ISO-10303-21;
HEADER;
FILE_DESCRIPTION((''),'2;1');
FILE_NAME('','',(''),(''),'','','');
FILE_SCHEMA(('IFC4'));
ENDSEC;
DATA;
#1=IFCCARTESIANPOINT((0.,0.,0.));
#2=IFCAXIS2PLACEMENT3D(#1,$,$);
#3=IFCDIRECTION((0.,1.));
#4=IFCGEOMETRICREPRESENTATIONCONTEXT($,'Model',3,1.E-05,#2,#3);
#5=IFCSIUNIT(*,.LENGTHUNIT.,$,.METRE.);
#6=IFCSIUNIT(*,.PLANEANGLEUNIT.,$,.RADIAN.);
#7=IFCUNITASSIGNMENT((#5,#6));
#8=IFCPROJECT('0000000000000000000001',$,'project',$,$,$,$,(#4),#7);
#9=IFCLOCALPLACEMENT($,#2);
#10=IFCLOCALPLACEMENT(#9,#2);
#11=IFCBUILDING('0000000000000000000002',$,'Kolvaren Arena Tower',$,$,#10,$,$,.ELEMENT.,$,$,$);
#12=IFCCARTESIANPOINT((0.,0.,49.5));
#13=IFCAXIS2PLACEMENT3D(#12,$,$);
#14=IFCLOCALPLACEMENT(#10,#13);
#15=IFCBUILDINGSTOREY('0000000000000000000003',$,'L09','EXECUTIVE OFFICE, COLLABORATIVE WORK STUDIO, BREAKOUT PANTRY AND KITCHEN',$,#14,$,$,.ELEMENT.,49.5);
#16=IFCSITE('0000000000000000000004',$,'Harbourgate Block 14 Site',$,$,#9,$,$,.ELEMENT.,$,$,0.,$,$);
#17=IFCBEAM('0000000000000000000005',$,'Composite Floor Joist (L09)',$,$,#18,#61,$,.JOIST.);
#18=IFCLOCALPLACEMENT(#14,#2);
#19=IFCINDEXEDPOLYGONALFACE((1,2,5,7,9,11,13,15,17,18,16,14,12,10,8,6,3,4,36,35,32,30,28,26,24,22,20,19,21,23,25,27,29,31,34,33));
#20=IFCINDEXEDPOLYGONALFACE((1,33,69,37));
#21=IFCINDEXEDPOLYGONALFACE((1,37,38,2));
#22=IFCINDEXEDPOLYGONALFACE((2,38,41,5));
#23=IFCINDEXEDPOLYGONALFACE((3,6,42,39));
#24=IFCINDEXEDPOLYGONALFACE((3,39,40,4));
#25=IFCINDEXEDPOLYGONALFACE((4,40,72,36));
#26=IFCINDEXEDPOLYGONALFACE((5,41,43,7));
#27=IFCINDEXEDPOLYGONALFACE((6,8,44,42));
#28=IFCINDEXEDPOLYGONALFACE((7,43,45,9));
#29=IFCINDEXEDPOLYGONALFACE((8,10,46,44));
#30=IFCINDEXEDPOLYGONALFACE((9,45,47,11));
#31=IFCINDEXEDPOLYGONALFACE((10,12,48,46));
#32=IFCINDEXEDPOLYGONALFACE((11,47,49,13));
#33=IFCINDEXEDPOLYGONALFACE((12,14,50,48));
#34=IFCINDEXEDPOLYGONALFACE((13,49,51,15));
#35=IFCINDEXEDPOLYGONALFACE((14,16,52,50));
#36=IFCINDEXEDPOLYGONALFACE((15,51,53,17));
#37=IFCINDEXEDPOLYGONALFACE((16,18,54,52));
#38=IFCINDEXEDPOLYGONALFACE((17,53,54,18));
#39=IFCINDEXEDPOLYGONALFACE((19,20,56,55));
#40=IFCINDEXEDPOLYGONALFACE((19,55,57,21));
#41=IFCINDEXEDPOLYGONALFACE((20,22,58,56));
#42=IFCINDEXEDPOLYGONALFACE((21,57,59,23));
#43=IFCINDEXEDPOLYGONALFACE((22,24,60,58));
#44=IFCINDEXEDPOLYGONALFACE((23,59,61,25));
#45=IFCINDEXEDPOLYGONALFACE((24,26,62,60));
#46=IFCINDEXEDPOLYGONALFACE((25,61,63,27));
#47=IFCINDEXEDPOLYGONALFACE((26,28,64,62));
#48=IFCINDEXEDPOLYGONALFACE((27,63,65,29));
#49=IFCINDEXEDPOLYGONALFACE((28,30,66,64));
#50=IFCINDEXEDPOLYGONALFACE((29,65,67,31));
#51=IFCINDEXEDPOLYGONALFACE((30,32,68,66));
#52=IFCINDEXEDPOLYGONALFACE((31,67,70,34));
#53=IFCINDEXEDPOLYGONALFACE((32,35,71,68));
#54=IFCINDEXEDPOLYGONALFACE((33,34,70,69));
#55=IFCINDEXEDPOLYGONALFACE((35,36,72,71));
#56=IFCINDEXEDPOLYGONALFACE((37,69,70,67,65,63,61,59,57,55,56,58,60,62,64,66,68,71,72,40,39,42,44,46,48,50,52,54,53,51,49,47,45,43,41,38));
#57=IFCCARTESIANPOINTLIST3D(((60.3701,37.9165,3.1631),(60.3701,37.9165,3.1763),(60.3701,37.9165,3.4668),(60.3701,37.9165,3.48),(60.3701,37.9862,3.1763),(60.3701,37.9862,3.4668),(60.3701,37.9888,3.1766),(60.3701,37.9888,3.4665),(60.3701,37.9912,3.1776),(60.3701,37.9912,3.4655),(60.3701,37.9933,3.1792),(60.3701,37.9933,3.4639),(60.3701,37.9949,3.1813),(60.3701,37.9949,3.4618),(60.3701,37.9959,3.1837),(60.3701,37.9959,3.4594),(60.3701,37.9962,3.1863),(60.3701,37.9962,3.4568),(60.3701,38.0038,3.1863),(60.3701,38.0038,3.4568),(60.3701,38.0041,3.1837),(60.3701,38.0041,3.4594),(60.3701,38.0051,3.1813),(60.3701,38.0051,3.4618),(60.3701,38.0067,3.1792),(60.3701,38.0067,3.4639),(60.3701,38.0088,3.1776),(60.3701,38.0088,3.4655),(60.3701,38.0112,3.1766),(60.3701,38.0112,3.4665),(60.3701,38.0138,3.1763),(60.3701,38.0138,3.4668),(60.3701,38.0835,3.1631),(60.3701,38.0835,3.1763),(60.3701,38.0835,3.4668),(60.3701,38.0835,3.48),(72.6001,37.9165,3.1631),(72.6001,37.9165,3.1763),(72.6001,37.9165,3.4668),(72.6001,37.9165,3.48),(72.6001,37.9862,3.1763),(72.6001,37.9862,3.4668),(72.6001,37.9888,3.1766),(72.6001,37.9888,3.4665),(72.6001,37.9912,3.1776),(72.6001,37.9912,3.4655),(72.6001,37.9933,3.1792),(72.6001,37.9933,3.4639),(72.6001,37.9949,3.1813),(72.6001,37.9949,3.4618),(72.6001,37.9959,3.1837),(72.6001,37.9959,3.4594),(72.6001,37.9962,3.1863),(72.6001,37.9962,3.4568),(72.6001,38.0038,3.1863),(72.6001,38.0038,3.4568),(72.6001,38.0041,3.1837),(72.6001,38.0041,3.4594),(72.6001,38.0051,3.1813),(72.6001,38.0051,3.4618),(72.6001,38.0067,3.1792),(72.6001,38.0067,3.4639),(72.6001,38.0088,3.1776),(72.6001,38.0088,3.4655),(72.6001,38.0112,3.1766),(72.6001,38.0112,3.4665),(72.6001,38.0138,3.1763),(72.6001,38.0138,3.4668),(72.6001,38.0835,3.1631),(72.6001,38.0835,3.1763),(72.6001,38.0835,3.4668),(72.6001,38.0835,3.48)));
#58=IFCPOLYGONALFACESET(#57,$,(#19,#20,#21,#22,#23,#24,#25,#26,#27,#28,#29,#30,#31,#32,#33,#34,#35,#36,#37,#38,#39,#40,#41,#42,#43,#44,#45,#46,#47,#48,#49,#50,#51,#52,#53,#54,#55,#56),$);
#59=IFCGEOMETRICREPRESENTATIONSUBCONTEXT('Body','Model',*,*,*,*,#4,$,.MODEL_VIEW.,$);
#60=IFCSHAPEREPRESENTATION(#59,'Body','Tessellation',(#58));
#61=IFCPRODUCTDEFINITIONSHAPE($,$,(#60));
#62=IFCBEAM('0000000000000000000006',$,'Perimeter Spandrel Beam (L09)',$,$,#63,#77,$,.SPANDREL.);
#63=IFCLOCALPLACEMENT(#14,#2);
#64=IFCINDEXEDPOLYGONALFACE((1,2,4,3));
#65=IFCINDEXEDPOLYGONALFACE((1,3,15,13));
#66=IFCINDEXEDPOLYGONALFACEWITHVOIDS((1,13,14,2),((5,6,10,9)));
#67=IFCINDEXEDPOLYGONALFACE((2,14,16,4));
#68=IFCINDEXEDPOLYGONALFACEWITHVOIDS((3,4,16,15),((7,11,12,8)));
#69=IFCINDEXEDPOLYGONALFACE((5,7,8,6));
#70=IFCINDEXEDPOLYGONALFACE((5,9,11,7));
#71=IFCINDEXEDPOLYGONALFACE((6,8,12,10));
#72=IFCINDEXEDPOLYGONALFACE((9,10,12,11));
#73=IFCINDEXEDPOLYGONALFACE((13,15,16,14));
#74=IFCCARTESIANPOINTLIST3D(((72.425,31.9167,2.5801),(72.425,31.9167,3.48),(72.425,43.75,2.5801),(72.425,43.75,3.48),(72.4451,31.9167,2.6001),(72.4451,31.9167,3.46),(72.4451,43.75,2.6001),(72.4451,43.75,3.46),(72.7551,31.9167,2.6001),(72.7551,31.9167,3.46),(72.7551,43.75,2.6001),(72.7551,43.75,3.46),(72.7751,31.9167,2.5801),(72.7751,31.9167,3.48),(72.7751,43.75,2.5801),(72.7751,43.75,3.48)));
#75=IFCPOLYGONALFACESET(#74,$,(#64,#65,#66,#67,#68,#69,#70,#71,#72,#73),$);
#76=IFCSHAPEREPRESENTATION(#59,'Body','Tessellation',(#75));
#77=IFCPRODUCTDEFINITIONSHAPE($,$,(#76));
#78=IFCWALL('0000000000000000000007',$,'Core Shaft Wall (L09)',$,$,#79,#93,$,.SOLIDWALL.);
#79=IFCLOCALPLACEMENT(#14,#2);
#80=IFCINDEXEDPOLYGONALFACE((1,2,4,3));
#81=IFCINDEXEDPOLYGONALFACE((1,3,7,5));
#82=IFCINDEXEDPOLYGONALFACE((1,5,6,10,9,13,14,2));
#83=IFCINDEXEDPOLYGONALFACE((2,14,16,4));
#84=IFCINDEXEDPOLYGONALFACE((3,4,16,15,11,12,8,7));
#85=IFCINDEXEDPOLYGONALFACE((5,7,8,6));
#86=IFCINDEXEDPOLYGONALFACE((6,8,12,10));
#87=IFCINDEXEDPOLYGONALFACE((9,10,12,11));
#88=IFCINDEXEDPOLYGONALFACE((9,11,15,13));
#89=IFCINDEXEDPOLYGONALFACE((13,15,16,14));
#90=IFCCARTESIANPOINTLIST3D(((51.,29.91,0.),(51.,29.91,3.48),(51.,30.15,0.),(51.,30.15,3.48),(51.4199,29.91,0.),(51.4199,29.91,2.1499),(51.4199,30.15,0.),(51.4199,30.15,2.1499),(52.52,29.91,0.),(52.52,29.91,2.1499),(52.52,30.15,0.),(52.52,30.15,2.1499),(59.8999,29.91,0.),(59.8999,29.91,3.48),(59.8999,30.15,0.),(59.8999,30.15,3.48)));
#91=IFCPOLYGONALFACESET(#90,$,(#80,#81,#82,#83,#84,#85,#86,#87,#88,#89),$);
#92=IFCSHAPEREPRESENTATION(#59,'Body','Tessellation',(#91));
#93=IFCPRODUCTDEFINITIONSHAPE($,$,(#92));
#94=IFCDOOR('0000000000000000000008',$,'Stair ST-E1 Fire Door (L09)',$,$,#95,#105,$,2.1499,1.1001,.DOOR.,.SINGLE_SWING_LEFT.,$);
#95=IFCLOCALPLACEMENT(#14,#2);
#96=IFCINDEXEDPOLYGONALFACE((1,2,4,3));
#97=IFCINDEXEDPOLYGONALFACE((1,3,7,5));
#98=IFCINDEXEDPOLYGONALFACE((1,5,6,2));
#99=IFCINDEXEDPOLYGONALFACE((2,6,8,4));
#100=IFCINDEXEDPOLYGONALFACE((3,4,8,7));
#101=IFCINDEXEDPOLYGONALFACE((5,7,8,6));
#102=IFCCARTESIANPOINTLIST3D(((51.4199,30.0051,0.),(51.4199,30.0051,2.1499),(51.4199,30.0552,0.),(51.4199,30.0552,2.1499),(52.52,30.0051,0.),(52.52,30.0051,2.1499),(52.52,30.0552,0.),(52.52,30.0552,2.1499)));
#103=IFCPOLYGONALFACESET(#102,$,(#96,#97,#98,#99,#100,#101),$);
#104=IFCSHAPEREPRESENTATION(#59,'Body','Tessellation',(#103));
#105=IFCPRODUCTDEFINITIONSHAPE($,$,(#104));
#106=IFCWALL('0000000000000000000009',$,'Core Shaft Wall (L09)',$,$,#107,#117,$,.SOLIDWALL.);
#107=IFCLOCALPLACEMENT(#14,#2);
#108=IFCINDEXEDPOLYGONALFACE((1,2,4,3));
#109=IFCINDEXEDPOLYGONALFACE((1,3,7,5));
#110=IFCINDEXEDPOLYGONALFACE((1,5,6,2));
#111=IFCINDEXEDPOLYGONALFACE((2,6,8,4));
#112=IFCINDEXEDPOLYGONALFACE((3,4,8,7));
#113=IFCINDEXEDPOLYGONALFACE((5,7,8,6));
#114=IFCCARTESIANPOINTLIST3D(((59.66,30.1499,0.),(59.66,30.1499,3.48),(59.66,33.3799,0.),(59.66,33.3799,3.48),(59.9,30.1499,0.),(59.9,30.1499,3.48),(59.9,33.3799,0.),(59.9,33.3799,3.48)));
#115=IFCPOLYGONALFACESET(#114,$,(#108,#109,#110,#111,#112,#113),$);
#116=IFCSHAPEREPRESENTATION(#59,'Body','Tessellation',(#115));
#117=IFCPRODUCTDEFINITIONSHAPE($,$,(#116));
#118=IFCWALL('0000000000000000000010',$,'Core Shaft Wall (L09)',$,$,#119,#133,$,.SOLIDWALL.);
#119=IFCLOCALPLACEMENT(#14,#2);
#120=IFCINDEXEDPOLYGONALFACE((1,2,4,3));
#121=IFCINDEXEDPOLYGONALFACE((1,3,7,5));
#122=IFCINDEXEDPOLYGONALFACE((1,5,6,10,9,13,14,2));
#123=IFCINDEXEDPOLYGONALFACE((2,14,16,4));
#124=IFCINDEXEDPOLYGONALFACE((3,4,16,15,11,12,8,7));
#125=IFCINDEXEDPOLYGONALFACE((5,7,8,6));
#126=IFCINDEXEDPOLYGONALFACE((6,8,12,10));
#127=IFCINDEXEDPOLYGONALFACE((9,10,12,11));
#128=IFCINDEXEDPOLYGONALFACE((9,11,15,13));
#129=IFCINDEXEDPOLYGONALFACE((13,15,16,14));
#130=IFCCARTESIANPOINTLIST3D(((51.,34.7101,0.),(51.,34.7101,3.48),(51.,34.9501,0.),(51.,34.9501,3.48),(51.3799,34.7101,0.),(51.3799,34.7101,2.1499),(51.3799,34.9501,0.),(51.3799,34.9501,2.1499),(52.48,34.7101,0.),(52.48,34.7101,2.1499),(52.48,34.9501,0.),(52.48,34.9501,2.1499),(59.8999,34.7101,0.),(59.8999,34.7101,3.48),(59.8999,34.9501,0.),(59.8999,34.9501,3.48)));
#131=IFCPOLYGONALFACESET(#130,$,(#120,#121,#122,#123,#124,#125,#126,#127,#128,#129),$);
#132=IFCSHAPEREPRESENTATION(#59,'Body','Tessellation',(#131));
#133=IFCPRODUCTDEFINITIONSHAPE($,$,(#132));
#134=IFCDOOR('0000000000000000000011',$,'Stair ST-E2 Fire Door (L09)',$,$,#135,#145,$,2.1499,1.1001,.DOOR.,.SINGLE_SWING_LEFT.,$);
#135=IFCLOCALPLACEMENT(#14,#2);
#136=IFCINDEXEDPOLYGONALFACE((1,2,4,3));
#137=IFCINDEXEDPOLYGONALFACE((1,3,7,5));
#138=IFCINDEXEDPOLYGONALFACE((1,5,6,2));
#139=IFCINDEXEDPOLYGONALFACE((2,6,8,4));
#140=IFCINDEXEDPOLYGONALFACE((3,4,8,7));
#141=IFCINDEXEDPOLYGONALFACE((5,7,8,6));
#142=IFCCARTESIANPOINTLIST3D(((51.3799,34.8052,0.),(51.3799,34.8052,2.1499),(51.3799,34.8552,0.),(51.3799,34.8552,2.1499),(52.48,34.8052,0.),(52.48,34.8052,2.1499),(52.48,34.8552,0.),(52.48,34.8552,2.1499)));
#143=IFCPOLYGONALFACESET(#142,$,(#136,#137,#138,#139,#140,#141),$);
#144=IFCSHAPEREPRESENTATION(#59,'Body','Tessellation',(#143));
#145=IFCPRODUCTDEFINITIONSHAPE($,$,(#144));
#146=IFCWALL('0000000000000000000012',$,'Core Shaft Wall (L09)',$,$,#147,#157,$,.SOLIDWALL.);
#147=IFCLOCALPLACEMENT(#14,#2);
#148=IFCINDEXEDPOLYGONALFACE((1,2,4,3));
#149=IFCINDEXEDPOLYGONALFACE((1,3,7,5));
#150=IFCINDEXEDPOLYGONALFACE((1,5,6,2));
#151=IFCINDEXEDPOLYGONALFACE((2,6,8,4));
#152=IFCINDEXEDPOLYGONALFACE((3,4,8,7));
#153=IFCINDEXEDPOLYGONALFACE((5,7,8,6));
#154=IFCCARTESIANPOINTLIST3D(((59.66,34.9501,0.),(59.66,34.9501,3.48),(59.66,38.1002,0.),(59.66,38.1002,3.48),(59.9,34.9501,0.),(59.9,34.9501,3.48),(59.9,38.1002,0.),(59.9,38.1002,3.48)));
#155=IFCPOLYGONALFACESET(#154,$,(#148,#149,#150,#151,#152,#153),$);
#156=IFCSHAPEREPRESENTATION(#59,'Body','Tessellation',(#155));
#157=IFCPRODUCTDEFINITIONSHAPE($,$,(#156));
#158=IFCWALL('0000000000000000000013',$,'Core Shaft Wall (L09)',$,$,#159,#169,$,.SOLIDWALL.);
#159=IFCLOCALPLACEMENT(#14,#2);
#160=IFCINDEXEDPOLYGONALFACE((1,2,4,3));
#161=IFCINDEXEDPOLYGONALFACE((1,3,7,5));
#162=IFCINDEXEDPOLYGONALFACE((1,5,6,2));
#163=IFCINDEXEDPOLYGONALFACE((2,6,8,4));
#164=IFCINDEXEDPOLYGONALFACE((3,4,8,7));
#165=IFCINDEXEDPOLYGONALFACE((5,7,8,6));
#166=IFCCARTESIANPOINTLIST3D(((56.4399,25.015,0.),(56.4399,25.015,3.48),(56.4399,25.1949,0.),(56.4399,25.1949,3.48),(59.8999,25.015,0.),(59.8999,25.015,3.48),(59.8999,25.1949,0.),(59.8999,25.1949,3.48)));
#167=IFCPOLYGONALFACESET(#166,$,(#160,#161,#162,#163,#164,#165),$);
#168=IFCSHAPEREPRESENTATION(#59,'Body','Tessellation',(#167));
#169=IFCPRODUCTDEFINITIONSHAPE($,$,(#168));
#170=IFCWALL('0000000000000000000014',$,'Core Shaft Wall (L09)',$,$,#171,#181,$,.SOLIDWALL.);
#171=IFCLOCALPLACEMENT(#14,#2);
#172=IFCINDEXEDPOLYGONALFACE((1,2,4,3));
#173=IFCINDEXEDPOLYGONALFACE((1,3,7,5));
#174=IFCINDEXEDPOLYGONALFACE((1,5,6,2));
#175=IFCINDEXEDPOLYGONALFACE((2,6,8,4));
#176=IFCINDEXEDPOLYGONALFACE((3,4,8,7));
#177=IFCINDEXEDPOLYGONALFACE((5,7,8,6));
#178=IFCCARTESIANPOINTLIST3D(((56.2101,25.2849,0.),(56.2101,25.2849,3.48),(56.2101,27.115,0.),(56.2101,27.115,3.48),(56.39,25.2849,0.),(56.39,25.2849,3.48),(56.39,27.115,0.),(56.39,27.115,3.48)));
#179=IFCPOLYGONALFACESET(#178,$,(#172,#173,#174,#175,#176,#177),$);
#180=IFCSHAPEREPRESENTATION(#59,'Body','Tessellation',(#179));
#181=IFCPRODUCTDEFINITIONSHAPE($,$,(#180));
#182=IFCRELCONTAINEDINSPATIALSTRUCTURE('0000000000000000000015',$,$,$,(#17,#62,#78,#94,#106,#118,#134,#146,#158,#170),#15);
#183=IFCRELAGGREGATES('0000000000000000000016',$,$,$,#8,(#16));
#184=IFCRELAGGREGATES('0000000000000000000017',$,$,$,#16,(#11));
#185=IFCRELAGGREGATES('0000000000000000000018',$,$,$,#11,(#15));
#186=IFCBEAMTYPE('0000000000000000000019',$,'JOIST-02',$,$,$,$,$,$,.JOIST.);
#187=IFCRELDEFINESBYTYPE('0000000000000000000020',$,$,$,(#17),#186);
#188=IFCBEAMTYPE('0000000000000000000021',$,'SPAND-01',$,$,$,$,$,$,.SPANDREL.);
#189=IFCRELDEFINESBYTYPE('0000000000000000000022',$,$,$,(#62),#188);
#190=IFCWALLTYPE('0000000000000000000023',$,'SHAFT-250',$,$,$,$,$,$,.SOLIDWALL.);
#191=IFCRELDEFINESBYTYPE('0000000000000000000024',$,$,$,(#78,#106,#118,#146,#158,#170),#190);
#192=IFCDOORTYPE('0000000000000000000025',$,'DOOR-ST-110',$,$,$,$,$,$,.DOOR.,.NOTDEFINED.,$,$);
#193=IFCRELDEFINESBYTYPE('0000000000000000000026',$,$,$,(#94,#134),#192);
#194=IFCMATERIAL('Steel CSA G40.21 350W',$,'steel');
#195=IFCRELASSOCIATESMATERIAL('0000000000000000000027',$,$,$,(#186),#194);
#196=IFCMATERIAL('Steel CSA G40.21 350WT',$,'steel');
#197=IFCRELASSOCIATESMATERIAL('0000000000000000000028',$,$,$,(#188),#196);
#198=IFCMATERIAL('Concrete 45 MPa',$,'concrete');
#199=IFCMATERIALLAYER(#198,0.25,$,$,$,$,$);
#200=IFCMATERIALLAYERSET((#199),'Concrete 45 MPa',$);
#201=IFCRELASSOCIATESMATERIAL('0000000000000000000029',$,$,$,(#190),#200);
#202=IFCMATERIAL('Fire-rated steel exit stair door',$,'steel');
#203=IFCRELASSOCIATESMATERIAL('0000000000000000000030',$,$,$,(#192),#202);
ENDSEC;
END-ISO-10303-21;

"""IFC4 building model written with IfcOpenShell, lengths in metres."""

from ifc_helpers import new_model, si_unit, direction, frame, frame_2d, origin, origin_2d, place, context, subcontext, project, spatial, rectangle, hollow_rectangle, i_section, extrude, material, layer, layer_set, material_profile, profile_set, type_object, element, fill, save


model = new_model("IFC4")

# Units and contexts
model_context = context("Model", 3, precision=1e-05, world=origin(), true_north=direction((0.0, 1.0)))
body_context = subcontext(model_context, "Body", "Model", "MODEL_VIEW")
ifc_project = project(units=[si_unit("LENGTHUNIT", "METRE"), si_unit("PLANEANGLEUNIT", "RADIAN")], contexts=[model_context])

# Site, building, storey
site_placement = place(None, origin())
site = spatial("IfcSite", under=ifc_project, at=site_placement, Name="Harbourgate Block 14 Site", CompositionType="ELEMENT", RefElevation=0.0)
building_placement = place(site_placement, origin())
building = spatial("IfcBuilding", under=site, at=building_placement, Name="Kolvaren Arena Tower", CompositionType="ELEMENT")
storey_placement = place(building_placement, frame((0.0, 0.0, 49.5)))
storey = spatial("IfcBuildingStorey", under=building, at=storey_placement, Name="L09", Description="EXECUTIVE OFFICE, COLLABORATIVE WORK STUDIO, BREAKOUT PANTRY AND KITCHEN", CompositionType="ELEMENT", Elevation=49.5)

# Beams
ifc_material_1 = material(Name="Steel CSA G40.21 350W", Category="steel")
ifc_material_profile_1 = material_profile(ifc_material_1, i_section(OverallWidth=0.167, OverallDepth=0.3169, WebThickness=0.0076, FlangeThickness=0.0132, FilletRadius=0.01, at=origin_2d()), Name="W310x52")
ifc_profile_set_1 = profile_set([ifc_material_profile_1], Name="Steel CSA G40.21 350W")
beam_type_1 = type_object("IfcBeamType", Name="JOIST-02", PredefinedType="JOIST", material=ifc_profile_set_1)
for number, where, z_axis, x_axis, name in (
    (1, (60.3701, 38.0, 3.3215), (1.0, 0.0, 0.0), (0.0, 1.0, 0.0), "Composite Floor Joist (L09)"),
):
    element("IfcBeam", number, at=place(storey_placement, frame(where, z_axis=z_axis, x_axis=x_axis)), inside=storey, type_object=beam_type_1, Name=name, PredefinedType="JOIST", context=body_context, shape_type="SweptSolid", body=[
        extrude(i_section(OverallWidth=0.167, OverallDepth=0.3169, WebThickness=0.0076, FlangeThickness=0.0132, FilletRadius=0.01, at=origin_2d()), origin(), (0.0, 0.0, 1.0), 12.23),
    ])
ifc_material_2 = material(Name="Steel CSA G40.21 350WT", Category="steel")
ifc_material_profile_2 = material_profile(ifc_material_2, hollow_rectangle(XDim=0.3501, YDim=0.8999, WallThickness=0.02, at=origin_2d()), Name="HSS 900x350x20")
ifc_profile_set_2 = profile_set([ifc_material_profile_2], Name="Steel CSA G40.21 350WT")
beam_type_2 = type_object("IfcBeamType", Name="SPAND-01", PredefinedType="SPANDREL", material=ifc_profile_set_2)
beam_1_placement = place(storey_placement, frame((72.6001, 31.9167, 3.03), z_axis=(0.0, 1.0, 0.0), x_axis=(-1.0, 0.0, 0.0)))
element("IfcBeam", 2, at=beam_1_placement, inside=storey, type_object=beam_type_2, Name="Perimeter Spandrel Beam (L09)", PredefinedType="SPANDREL", context=body_context, shape_type="SweptSolid", body=[
    extrude(hollow_rectangle(XDim=0.3501, YDim=0.8999, WallThickness=0.02, at=origin_2d()), origin(), (0.0, 0.0, 1.0), 11.8333),
])

# Wall, opening, door
ifc_material_3 = material(Name="Concrete 45 MPa", Category="concrete")
ifc_layer = layer(ifc_material_3, 0.25)
ifc_layer_set = layer_set([ifc_layer], Name="Concrete 45 MPa")
wall_type = type_object("IfcWallType", Name="SHAFT-250", PredefinedType="SOLIDWALL", material=ifc_layer_set)
wall_1_placement = place(storey_placement, frame((59.8999, 30.03, 0.0), z_axis=(0.0, 0.0, 1.0), x_axis=(-1.0, 0.0, 0.0)))
wall_1 = element("IfcWall", 3, at=wall_1_placement, inside=storey, type_object=wall_type, Name="Core Shaft Wall (L09)", PredefinedType="SOLIDWALL", context=body_context, shape_type="SweptSolid", body=[
    extrude(rectangle(XDim=8.8999, YDim=0.24, at=frame_2d((4.45, 0.0))), origin(), (0.0, 0.0, 1.0), 3.48),
])
opening_1_placement = place(wall_1_placement, frame((7.3799, 0.0, 0.0)))
opening_1 = element("IfcOpeningElement", 4, at=opening_1_placement, cuts=wall_1, PredefinedType="OPENING", context=body_context, shape_type="SweptSolid", body=[
    extrude(rectangle(XDim=1.1001, YDim=2.1499, at=frame_2d((0.55, 1.075))), frame((0.0, 0.1299, 0.0), z_axis=(0.0, -1.0, 0.0), x_axis=(1.0, 0.0, 0.0)), (0.0, 0.0, 1.0), 0.26),
])
ifc_material_4 = material(Name="Fire-rated steel exit stair door", Category="steel")
door_type = type_object("IfcDoorType", Name="DOOR-ST-110", OperationType="NOTDEFINED", PredefinedType="DOOR", material=ifc_material_4)
door_1_placement = place(opening_1_placement, origin())
door_1 = element("IfcDoor", 5, at=door_1_placement, inside=storey, type_object=door_type, Name="Stair ST-E1 Fire Door (L09)", OperationType="SINGLE_SWING_LEFT", OverallHeight=2.1499, OverallWidth=1.1001, PredefinedType="DOOR", context=body_context, shape_type="SweptSolid", body=[
    extrude(rectangle(XDim=1.1001, YDim=2.1499, at=frame_2d((0.55, 1.075))), frame((0.0, 0.0249, 0.0), z_axis=(0.0, -1.0, 0.0), x_axis=(1.0, 0.0, 0.0)), (0.0, 0.0, 1.0), 0.05),
])
fill(opening_1, door_1)

# Wall
wall_2_placement = place(storey_placement, frame((59.78, 30.1499, 0.0), z_axis=(0.0, 0.0, 1.0), x_axis=(0.0, 1.0, 0.0)))
element("IfcWall", 6, at=wall_2_placement, inside=storey, type_object=wall_type, Name="Core Shaft Wall (L09)", PredefinedType="SOLIDWALL", context=body_context, shape_type="SweptSolid", body=[
    extrude(rectangle(XDim=3.23, YDim=0.24, at=frame_2d((1.615, 0.0))), origin(), (0.0, 0.0, 1.0), 3.48),
])

# Wall, opening, door
wall_3_placement = place(storey_placement, frame((59.8999, 34.8301, 0.0), z_axis=(0.0, 0.0, 1.0), x_axis=(-1.0, 0.0, 0.0)))
wall_3 = element("IfcWall", 7, at=wall_3_placement, inside=storey, type_object=wall_type, Name="Core Shaft Wall (L09)", PredefinedType="SOLIDWALL", context=body_context, shape_type="SweptSolid", body=[
    extrude(rectangle(XDim=8.8999, YDim=0.24, at=frame_2d((4.45, 0.0))), origin(), (0.0, 0.0, 1.0), 3.48),
])
opening_2_placement = place(wall_3_placement, frame((7.4199, 0.0, 0.0)))
opening_2 = element("IfcOpeningElement", 8, at=opening_2_placement, cuts=wall_3, PredefinedType="OPENING", context=body_context, shape_type="SweptSolid", body=[
    extrude(rectangle(XDim=1.1001, YDim=2.1499, at=frame_2d((0.55, 1.075))), frame((0.0, 0.1299, 0.0), z_axis=(0.0, -1.0, 0.0), x_axis=(1.0, 0.0, 0.0)), (0.0, 0.0, 1.0), 0.26),
])
door_2_placement = place(opening_2_placement, origin())
door_2 = element("IfcDoor", 9, at=door_2_placement, inside=storey, type_object=door_type, Name="Stair ST-E2 Fire Door (L09)", OperationType="SINGLE_SWING_LEFT", OverallHeight=2.1499, OverallWidth=1.1001, PredefinedType="DOOR", context=body_context, shape_type="SweptSolid", body=[
    extrude(rectangle(XDim=1.1001, YDim=2.1499, at=frame_2d((0.55, 1.075))), frame((0.0, 0.0249, 0.0), z_axis=(0.0, -1.0, 0.0), x_axis=(1.0, 0.0, 0.0)), (0.0, 0.0, 1.0), 0.05),
])
fill(opening_2, door_2)

# Walls
wall_4_placement = place(storey_placement, frame((59.78, 34.95, 0.0), z_axis=(0.0, 0.0, 1.0), x_axis=(0.0, 1.0, 0.0)))
element("IfcWall", 10, at=wall_4_placement, inside=storey, type_object=wall_type, Name="Core Shaft Wall (L09)", PredefinedType="SOLIDWALL", context=body_context, shape_type="SweptSolid", body=[
    extrude(rectangle(XDim=3.1501, YDim=0.24, at=frame_2d((1.5752, 0.0))), origin(), (0.0, 0.0, 1.0), 3.48),
])
wall_5_placement = place(storey_placement, frame((56.4399, 25.105, 0.0), z_axis=(0.0, 0.0, 1.0), x_axis=(1.0, 0.0, 0.0)))
element("IfcWall", 11, at=wall_5_placement, inside=storey, type_object=wall_type, Name="Core Shaft Wall (L09)", PredefinedType="SOLIDWALL", context=body_context, shape_type="SweptSolid", body=[
    extrude(rectangle(XDim=3.46, YDim=0.1799, at=frame_2d((1.73, 0.0))), origin(), (0.0, 0.0, 1.0), 3.48),
])
wall_6_placement = place(storey_placement, frame((56.3, 25.2849, 0.0), z_axis=(0.0, 0.0, 1.0), x_axis=(0.0, 1.0, 0.0)))
element("IfcWall", 12, at=wall_6_placement, inside=storey, type_object=wall_type, Name="Core Shaft Wall (L09)", PredefinedType="SOLIDWALL", context=body_context, shape_type="SweptSolid", body=[
    extrude(rectangle(XDim=1.8301, YDim=0.1799, at=frame_2d((0.915, 0.0))), origin(), (0.0, 0.0, 1.0), 3.48),
])

save(model, "model.ifc")
